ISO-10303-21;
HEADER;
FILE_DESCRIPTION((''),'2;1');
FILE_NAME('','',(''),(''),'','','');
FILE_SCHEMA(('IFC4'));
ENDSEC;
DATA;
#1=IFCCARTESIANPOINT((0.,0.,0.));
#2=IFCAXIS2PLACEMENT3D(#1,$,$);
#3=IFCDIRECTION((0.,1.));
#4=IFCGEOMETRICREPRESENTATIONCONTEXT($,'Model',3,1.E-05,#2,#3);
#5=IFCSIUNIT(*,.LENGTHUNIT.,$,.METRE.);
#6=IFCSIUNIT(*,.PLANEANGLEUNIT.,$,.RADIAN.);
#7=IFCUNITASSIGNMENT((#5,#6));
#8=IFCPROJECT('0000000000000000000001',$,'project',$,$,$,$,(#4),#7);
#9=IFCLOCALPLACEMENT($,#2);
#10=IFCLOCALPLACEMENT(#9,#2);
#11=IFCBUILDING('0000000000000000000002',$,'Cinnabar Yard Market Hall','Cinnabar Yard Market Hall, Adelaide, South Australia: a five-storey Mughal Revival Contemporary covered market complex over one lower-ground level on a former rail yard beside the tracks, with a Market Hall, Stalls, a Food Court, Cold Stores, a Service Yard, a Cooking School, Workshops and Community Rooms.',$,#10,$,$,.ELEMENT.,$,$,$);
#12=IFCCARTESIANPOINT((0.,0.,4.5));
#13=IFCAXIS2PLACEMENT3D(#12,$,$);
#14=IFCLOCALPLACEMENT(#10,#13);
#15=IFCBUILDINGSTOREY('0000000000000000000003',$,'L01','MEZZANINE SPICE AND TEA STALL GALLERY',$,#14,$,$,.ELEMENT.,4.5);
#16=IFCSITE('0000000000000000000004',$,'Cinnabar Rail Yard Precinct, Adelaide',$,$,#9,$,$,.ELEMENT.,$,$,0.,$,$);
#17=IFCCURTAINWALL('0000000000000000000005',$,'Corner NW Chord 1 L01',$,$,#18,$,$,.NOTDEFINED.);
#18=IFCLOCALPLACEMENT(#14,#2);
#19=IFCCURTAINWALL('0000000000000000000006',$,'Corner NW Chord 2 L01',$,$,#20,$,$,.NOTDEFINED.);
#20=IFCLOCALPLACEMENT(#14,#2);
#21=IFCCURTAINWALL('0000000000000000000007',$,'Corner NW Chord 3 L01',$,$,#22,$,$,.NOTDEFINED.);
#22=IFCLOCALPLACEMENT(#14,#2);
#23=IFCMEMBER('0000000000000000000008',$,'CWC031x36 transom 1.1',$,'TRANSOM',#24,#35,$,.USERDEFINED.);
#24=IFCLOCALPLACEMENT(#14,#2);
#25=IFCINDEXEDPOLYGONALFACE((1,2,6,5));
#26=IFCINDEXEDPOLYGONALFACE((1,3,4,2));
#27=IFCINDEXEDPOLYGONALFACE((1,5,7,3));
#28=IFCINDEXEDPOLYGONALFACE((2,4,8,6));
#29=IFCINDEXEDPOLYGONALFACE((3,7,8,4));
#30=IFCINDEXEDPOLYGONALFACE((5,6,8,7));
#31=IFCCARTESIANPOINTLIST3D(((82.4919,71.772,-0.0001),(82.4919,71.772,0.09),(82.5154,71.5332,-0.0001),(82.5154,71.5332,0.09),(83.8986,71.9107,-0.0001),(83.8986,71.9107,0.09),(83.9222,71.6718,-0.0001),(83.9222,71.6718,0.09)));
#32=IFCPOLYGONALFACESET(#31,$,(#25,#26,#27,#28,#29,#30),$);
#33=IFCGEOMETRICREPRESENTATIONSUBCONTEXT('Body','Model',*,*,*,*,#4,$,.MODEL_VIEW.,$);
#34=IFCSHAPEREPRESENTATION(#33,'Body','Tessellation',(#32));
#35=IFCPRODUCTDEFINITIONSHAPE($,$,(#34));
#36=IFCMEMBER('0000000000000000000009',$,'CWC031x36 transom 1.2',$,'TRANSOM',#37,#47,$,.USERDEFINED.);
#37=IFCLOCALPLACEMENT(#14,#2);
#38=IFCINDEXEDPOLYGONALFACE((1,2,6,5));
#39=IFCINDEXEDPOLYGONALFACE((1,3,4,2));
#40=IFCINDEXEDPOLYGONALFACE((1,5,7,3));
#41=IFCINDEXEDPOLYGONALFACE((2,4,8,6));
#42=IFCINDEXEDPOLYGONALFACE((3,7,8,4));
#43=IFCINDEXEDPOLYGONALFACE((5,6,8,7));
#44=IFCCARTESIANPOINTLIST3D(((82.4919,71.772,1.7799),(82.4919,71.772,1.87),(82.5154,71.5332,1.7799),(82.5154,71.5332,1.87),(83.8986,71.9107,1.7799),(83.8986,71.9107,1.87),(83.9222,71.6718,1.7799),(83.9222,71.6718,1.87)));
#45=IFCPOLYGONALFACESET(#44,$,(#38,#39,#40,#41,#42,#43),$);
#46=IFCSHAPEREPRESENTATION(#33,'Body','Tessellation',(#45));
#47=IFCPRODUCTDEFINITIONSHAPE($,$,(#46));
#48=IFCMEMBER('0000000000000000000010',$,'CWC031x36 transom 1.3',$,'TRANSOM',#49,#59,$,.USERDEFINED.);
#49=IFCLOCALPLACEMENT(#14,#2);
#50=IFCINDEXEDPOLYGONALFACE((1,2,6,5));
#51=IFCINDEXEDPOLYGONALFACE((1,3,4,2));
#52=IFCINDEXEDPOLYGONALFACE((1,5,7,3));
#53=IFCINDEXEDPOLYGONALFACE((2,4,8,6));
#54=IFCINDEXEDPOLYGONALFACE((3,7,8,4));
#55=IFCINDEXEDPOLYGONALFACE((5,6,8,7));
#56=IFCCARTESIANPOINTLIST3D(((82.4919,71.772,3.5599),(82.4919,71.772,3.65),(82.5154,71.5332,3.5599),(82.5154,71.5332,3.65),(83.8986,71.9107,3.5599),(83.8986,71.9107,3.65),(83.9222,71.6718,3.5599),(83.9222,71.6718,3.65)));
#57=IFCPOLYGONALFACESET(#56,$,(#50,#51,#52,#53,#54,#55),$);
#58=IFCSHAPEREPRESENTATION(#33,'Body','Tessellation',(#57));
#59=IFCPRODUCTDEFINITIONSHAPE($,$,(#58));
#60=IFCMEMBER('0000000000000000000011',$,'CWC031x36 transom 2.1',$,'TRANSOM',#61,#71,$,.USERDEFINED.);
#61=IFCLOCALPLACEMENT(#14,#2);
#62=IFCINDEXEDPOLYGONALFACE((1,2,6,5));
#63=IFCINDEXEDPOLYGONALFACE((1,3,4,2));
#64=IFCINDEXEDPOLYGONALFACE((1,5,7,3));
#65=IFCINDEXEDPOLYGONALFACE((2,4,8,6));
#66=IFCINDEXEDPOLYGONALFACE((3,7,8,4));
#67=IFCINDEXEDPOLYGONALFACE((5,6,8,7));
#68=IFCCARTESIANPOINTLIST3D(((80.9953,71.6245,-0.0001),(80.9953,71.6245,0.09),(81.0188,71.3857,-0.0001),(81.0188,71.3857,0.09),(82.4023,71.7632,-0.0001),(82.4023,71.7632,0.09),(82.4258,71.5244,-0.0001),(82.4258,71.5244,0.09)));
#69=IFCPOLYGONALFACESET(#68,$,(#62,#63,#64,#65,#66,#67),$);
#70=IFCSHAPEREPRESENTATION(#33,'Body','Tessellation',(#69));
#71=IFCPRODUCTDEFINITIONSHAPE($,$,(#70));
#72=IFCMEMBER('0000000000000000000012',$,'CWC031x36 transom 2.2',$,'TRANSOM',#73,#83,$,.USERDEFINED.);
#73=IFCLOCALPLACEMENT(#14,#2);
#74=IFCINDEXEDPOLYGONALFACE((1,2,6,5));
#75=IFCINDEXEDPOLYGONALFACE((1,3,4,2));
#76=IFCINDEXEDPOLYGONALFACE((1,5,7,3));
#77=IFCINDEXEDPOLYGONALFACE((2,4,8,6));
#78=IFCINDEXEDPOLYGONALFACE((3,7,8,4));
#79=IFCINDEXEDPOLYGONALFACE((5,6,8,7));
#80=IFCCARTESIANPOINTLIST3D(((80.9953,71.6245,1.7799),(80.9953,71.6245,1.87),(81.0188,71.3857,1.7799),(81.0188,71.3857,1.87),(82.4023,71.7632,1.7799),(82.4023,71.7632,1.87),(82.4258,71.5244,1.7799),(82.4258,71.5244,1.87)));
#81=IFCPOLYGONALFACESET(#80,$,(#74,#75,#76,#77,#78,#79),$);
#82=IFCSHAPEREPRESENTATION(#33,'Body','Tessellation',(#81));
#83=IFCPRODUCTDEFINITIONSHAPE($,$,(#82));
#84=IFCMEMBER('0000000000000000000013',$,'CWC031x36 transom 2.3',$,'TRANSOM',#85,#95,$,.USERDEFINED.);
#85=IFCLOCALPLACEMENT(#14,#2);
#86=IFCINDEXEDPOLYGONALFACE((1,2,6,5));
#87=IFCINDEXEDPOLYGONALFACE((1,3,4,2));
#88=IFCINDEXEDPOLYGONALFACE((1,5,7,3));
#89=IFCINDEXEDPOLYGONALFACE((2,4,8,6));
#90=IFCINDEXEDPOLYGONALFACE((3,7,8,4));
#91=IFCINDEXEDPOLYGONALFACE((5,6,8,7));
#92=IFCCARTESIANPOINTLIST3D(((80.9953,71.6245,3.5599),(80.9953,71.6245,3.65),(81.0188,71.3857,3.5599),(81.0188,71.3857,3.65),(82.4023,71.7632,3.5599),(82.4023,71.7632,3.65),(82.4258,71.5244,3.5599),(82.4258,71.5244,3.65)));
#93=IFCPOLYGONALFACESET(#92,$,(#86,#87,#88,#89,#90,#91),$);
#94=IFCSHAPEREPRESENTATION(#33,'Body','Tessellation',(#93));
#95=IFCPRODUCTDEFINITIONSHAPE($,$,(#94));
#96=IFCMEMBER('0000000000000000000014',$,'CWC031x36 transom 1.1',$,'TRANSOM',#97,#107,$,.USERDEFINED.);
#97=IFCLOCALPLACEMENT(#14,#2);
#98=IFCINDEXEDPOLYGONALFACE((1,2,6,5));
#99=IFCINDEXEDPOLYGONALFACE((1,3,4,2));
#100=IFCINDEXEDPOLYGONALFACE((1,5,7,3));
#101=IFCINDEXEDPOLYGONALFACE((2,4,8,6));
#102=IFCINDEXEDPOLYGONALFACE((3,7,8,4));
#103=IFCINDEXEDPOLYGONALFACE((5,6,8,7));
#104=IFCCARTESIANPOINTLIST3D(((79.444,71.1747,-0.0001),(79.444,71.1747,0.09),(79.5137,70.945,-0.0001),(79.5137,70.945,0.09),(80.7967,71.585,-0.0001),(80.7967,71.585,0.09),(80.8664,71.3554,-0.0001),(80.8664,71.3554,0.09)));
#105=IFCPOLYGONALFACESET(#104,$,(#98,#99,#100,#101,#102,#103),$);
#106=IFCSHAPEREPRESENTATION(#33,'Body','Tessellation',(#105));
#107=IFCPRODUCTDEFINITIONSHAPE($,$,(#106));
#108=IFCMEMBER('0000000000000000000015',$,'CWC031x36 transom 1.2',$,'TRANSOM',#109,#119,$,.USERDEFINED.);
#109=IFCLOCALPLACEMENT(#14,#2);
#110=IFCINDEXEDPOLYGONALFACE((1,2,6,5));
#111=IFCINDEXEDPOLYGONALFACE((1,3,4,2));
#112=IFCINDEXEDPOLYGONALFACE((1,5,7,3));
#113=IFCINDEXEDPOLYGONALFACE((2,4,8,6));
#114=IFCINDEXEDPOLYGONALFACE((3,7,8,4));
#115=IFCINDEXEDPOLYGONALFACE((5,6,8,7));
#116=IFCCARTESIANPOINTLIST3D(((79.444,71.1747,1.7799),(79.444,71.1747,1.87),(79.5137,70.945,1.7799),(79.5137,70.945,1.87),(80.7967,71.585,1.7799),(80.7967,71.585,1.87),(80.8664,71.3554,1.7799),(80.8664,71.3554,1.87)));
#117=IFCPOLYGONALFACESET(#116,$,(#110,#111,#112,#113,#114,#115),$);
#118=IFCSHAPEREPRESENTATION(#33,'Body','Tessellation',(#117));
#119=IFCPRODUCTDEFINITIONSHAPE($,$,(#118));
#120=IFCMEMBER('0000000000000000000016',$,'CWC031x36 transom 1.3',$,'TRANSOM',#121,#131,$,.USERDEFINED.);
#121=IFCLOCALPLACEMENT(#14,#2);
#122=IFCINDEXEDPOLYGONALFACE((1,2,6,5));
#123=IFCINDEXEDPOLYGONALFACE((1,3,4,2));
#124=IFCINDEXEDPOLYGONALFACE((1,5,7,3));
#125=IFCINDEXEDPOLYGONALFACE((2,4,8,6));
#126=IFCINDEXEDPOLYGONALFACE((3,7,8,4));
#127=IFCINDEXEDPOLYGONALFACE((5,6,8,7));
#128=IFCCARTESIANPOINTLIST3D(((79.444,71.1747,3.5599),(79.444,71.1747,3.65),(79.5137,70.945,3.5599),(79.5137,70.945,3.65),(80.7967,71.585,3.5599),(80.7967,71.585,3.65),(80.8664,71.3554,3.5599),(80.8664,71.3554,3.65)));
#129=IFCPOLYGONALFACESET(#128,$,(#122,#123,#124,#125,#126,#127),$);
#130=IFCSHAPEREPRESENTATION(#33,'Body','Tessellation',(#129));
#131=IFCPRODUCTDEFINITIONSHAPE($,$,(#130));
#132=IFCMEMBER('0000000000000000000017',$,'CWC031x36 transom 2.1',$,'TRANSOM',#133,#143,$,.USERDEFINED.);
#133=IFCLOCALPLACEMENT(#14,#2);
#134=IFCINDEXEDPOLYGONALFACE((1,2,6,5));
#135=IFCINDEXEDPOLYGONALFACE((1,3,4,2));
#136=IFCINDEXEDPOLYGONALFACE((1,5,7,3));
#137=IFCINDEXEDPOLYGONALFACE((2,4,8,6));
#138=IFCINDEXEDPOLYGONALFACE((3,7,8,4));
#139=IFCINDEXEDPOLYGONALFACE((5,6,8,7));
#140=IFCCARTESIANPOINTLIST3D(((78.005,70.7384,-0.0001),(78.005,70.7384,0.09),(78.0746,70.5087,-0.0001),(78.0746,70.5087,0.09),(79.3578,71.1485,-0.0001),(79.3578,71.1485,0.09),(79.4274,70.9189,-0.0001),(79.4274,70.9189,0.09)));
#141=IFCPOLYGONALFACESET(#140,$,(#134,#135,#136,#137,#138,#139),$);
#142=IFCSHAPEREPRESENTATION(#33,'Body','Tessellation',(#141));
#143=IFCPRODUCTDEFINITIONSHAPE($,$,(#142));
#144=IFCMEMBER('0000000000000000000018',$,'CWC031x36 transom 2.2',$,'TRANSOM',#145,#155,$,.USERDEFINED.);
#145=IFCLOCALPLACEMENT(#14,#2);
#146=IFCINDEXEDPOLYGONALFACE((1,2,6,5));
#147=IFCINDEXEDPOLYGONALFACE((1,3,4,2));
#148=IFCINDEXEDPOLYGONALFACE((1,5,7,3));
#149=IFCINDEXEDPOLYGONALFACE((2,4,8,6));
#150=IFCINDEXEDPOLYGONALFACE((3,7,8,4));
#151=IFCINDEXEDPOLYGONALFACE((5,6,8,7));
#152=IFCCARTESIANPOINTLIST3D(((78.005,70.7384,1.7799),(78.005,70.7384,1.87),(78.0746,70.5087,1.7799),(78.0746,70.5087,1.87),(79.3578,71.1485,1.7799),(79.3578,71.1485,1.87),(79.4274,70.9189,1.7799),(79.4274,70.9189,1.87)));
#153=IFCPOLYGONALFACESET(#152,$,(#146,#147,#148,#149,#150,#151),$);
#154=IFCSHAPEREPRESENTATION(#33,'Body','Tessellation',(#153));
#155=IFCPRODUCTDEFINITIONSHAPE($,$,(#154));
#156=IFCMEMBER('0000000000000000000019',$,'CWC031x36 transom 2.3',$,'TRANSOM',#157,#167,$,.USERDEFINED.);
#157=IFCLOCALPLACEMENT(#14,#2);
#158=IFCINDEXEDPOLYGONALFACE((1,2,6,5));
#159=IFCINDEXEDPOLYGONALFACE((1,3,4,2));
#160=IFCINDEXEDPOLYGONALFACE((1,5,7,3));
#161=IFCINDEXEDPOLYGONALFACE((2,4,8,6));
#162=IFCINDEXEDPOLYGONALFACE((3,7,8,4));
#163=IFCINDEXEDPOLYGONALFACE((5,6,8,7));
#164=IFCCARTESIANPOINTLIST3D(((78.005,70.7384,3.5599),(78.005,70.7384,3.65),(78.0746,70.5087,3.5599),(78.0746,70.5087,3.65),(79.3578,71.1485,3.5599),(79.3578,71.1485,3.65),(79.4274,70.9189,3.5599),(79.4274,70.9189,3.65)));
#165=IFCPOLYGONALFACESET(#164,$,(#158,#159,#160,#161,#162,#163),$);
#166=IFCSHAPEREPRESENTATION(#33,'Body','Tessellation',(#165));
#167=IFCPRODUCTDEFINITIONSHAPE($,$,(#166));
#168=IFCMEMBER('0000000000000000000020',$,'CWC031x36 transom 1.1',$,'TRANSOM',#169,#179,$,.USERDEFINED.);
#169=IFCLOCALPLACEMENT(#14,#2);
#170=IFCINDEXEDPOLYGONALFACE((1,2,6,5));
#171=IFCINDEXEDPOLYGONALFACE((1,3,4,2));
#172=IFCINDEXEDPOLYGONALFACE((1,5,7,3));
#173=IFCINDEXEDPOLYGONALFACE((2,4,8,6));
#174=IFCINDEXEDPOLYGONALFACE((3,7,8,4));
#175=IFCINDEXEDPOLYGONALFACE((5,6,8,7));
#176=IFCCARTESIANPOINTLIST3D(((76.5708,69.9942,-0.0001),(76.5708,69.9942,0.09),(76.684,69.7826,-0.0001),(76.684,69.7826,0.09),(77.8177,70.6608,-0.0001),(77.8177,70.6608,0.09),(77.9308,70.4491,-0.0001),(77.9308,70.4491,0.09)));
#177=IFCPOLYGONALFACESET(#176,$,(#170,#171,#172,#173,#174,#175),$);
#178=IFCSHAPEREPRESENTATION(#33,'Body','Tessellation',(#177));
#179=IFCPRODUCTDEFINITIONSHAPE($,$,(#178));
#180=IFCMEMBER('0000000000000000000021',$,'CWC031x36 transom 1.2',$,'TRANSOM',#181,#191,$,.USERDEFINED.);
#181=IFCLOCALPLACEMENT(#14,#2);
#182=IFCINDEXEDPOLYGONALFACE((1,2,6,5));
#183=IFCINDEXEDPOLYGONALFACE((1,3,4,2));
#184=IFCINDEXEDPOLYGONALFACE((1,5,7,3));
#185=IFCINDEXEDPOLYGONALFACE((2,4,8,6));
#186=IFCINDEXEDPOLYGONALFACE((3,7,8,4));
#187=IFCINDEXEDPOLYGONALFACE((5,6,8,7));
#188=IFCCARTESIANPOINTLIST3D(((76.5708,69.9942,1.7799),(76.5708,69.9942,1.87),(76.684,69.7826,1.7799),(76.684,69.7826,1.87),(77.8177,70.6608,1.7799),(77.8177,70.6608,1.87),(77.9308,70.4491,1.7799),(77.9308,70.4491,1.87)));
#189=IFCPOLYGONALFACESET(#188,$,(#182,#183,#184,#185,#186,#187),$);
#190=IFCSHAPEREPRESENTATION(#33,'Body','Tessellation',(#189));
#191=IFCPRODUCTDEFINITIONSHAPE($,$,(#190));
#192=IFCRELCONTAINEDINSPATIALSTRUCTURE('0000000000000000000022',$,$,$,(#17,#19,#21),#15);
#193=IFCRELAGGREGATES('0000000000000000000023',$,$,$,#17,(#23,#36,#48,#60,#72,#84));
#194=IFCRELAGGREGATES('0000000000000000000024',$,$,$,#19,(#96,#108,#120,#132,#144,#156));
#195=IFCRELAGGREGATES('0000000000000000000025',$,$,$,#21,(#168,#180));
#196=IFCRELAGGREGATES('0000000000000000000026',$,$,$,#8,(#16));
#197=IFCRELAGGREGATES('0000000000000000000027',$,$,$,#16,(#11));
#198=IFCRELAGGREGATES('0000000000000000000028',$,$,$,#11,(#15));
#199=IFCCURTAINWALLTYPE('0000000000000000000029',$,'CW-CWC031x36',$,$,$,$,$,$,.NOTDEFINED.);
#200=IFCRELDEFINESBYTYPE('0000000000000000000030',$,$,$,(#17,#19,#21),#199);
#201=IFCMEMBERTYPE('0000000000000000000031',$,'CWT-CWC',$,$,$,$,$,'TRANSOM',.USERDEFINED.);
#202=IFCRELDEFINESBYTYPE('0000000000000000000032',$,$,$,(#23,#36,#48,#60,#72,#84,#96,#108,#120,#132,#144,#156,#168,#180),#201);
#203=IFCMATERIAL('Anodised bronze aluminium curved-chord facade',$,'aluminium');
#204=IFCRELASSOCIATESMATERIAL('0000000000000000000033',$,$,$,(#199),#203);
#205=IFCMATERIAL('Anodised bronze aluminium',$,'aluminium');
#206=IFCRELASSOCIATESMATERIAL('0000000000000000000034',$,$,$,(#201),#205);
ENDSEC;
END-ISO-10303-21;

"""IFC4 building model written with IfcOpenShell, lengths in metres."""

from ifc_helpers import new_model, si_unit, direction, frame, origin, origin_2d_with_axis, place, context, subcontext, project, spatial, rectangle, extrude, material, material_profile, profile_set, type_object, element, aggregate, save


model = new_model("IFC4")

# Units and contexts
model_context = context("Model", 3, precision=1e-05, world=origin(), true_north=direction((0.0, 1.0)))
body_context = subcontext(model_context, "Body", "Model", "MODEL_VIEW")
ifc_project = project(units=[si_unit("LENGTHUNIT", "METRE"), si_unit("PLANEANGLEUNIT", "RADIAN")], contexts=[model_context])

# Site, building, storey
site_placement = place(None, origin())
site = spatial("IfcSite", under=ifc_project, at=site_placement, Name="Cinnabar Rail Yard Precinct, Adelaide", CompositionType="ELEMENT", RefElevation=0.0)
building_placement = place(site_placement, origin())
building = spatial("IfcBuilding", under=site, at=building_placement, Name="Cinnabar Yard Market Hall", Description="Cinnabar Yard Market Hall, Adelaide, South Australia: a five-storey Mughal Revival Contemporary covered market complex over one lower-ground level on a former rail yard beside the tracks, with a Market Hall, Stalls, a Food Court, Cold Stores, a Service Yard, a Cooking School, Workshops and Community Rooms.", CompositionType="ELEMENT")
storey_placement = place(building_placement, frame((0.0, 0.0, 4.5)))
storey = spatial("IfcBuildingStorey", under=building, at=storey_placement, Name="L01", Description="MEZZANINE SPICE AND TEA STALL GALLERY", CompositionType="ELEMENT", Elevation=4.5)

# Curtain walls
ifc_material_1 = material(Name="Anodised bronze aluminium curved-chord facade", Category="aluminium")
curtain_wall_type = type_object("IfcCurtainWallType", Name="CW-CWC031x36", PredefinedType="NOTDEFINED", material=ifc_material_1)
curtain_wall_1_placement = place(storey_placement, origin())
curtain_wall_1 = element("IfcCurtainWall", 1, at=curtain_wall_1_placement, inside=storey, type_object=curtain_wall_type, Name="Corner NW Chord 1 L01", PredefinedType="NOTDEFINED")
ifc_material_2 = material(Name="Anodised bronze aluminium", Category="aluminium")
curtain_wall_2_placement = place(storey_placement, origin())
curtain_wall_2 = element("IfcCurtainWall", 2, at=curtain_wall_2_placement, inside=storey, type_object=curtain_wall_type, Name="Corner NW Chord 2 L01", PredefinedType="NOTDEFINED")

# Curtain wall
curtain_wall_3_placement = place(storey_placement, origin())
curtain_wall_3 = element("IfcCurtainWall", 3, at=curtain_wall_3_placement, inside=storey, type_object=curtain_wall_type, Name="Corner NW Chord 3 L01", PredefinedType="NOTDEFINED")

# Members
ifc_material_profile_1 = material_profile(ifc_material_2, rectangle(XDim=0.24, YDim=0.0901, at=origin_2d_with_axis()), Name="TRN-CWC")
ifc_profile_set_1 = profile_set([ifc_material_profile_1], Name="Anodised bronze aluminium")
member_type_1 = type_object("IfcMemberType", Name="CWT-CWC", ElementType="TRANSOM", PredefinedType="USERDEFINED", material=ifc_profile_set_1)
member_1_placement = place(storey_placement, frame((83.9104, 71.7913, 0.0449), z_axis=(-0.995176, -0.098101, 0.0), x_axis=(0.098101, -0.995176, 0.0)))
member_1 = element("IfcMember", 4, at=member_1_placement, type_object=member_type_1, Name="CWC031x36 transom 1.1", ObjectType="TRANSOM", PredefinedType="USERDEFINED", context=body_context, shape_type="SweptSolid", body=[
    extrude(rectangle(XDim=0.24, YDim=0.0901, at=origin_2d_with_axis()), origin(), (0.0, 0.0, 1.0), 1.4136),
])
member_2_placement = place(storey_placement, frame((83.9104, 71.7913, 1.825), z_axis=(-0.995176, -0.098101, 0.0), x_axis=(0.098101, -0.995176, 0.0)))
member_2 = element("IfcMember", 5, at=member_2_placement, type_object=member_type_1, Name="CWC031x36 transom 1.2", ObjectType="TRANSOM", PredefinedType="USERDEFINED", context=body_context, shape_type="SweptSolid", body=[
    extrude(rectangle(XDim=0.24, YDim=0.0901, at=origin_2d_with_axis()), origin(), (0.0, 0.0, 1.0), 1.4136),
])
member_3_placement = place(storey_placement, frame((83.9104, 71.7913, 3.605), z_axis=(-0.995176, -0.098101, 0.0), x_axis=(0.098101, -0.995176, 0.0)))
member_3 = element("IfcMember", 6, at=member_3_placement, type_object=member_type_1, Name="CWC031x36 transom 1.3", ObjectType="TRANSOM", PredefinedType="USERDEFINED", context=body_context, shape_type="SweptSolid", body=[
    extrude(rectangle(XDim=0.24, YDim=0.0901, at=origin_2d_with_axis()), origin(), (0.0, 0.0, 1.0), 1.4136),
])
member_4_placement = place(storey_placement, frame((82.4141, 71.6438, 0.0449), z_axis=(-0.995178, -0.098085, 0.0), x_axis=(0.098085, -0.995178, 0.0)))
member_4 = element("IfcMember", 7, at=member_4_placement, type_object=member_type_1, Name="CWC031x36 transom 2.1", ObjectType="TRANSOM", PredefinedType="USERDEFINED", context=body_context, shape_type="SweptSolid", body=[
    extrude(rectangle(XDim=0.24, YDim=0.0901, at=origin_2d_with_axis()), origin(), (0.0, 0.0, 1.0), 1.4138),
])
member_5_placement = place(storey_placement, frame((82.4141, 71.6438, 1.825), z_axis=(-0.995178, -0.098085, 0.0), x_axis=(0.098085, -0.995178, 0.0)))
member_5 = element("IfcMember", 8, at=member_5_placement, type_object=member_type_1, Name="CWC031x36 transom 2.2", ObjectType="TRANSOM", PredefinedType="USERDEFINED", context=body_context, shape_type="SweptSolid", body=[
    extrude(rectangle(XDim=0.24, YDim=0.0901, at=origin_2d_with_axis()), origin(), (0.0, 0.0, 1.0), 1.4138),
])
member_6_placement = place(storey_placement, frame((82.4141, 71.6438, 3.605), z_axis=(-0.995178, -0.098085, 0.0), x_axis=(0.098085, -0.995178, 0.0)))
member_6 = element("IfcMember", 9, at=member_6_placement, type_object=member_type_1, Name="CWC031x36 transom 2.3", ObjectType="TRANSOM", PredefinedType="USERDEFINED", context=body_context, shape_type="SweptSolid", body=[
    extrude(rectangle(XDim=0.24, YDim=0.0901, at=origin_2d_with_axis()), origin(), (0.0, 0.0, 1.0), 1.4138),
])
member_7_placement = place(storey_placement, frame((80.8315, 71.4702, 0.0449), z_axis=(-0.956933, -0.290309, 0.0), x_axis=(0.290309, -0.956933, 0.0)))
member_7 = element("IfcMember", 10, at=member_7_placement, type_object=member_type_1, Name="CWC031x36 transom 1.1", ObjectType="TRANSOM", PredefinedType="USERDEFINED", context=body_context, shape_type="SweptSolid", body=[
    extrude(rectangle(XDim=0.24, YDim=0.0901, at=origin_2d_with_axis()), origin(), (0.0, 0.0, 1.0), 1.4136),
])
member_8_placement = place(storey_placement, frame((80.8315, 71.4702, 1.825), z_axis=(-0.956933, -0.290309, 0.0), x_axis=(0.290309, -0.956933, 0.0)))
member_8 = element("IfcMember", 11, at=member_8_placement, type_object=member_type_1, Name="CWC031x36 transom 1.2", ObjectType="TRANSOM", PredefinedType="USERDEFINED", context=body_context, shape_type="SweptSolid", body=[
    extrude(rectangle(XDim=0.24, YDim=0.0901, at=origin_2d_with_axis()), origin(), (0.0, 0.0, 1.0), 1.4136),
])
member_9_placement = place(storey_placement, frame((80.8315, 71.4702, 3.605), z_axis=(-0.956933, -0.290309, 0.0), x_axis=(0.290309, -0.956933, 0.0)))
member_9 = element("IfcMember", 12, at=member_9_placement, type_object=member_type_1, Name="CWC031x36 transom 1.3", ObjectType="TRANSOM", PredefinedType="USERDEFINED", context=body_context, shape_type="SweptSolid", body=[
    extrude(rectangle(XDim=0.24, YDim=0.0901, at=origin_2d_with_axis()), origin(), (0.0, 0.0, 1.0), 1.4136),
])
member_10_placement = place(storey_placement, frame((79.3926, 71.0337, 0.0449), z_axis=(-0.956981, -0.290151, 0.0), x_axis=(0.290151, -0.956981, 0.0)))
member_10 = element("IfcMember", 13, at=member_10_placement, type_object=member_type_1, Name="CWC031x36 transom 2.1", ObjectType="TRANSOM", PredefinedType="USERDEFINED", context=body_context, shape_type="SweptSolid", body=[
    extrude(rectangle(XDim=0.24, YDim=0.0901, at=origin_2d_with_axis()), origin(), (0.0, 0.0, 1.0), 1.4136),
])
member_11_placement = place(storey_placement, frame((79.3926, 71.0337, 1.825), z_axis=(-0.956981, -0.290151, 0.0), x_axis=(0.290151, -0.956981, 0.0)))
member_11 = element("IfcMember", 14, at=member_11_placement, type_object=member_type_1, Name="CWC031x36 transom 2.2", ObjectType="TRANSOM", PredefinedType="USERDEFINED", context=body_context, shape_type="SweptSolid", body=[
    extrude(rectangle(XDim=0.24, YDim=0.0901, at=origin_2d_with_axis()), origin(), (0.0, 0.0, 1.0), 1.4136),
])
member_12_placement = place(storey_placement, frame((79.3926, 71.0337, 3.605), z_axis=(-0.956981, -0.290151, 0.0), x_axis=(0.290151, -0.956981, 0.0)))
member_12 = element("IfcMember", 15, at=member_12_placement, type_object=member_type_1, Name="CWC031x36 transom 2.3", ObjectType="TRANSOM", PredefinedType="USERDEFINED", context=body_context, shape_type="SweptSolid", body=[
    extrude(rectangle(XDim=0.24, YDim=0.0901, at=origin_2d_with_axis()), origin(), (0.0, 0.0, 1.0), 1.4136),
])
member_13_placement = place(storey_placement, frame((77.8743, 70.5549, 0.0449), z_axis=(-0.881903, -0.471431, 0.0), x_axis=(0.471431, -0.881903, 0.0)))
member_13 = element("IfcMember", 16, at=member_13_placement, type_object=member_type_1, Name="CWC031x36 transom 1.1", ObjectType="TRANSOM", PredefinedType="USERDEFINED", context=body_context, shape_type="SweptSolid", body=[
    extrude(rectangle(XDim=0.24, YDim=0.0901, at=origin_2d_with_axis()), origin(), (0.0, 0.0, 1.0), 1.4138),
])
member_14_placement = place(storey_placement, frame((77.8743, 70.5549, 1.825), z_axis=(-0.881903, -0.471431, 0.0), x_axis=(0.471431, -0.881903, 0.0)))
member_14 = element("IfcMember", 17, at=member_14_placement, type_object=member_type_1, Name="CWC031x36 transom 1.2", ObjectType="TRANSOM", PredefinedType="USERDEFINED", context=body_context, shape_type="SweptSolid", body=[
    extrude(rectangle(XDim=0.24, YDim=0.0901, at=origin_2d_with_axis()), origin(), (0.0, 0.0, 1.0), 1.4138),
])

aggregate(curtain_wall_1, [member_1, member_2, member_3, member_4, member_5, member_6])
aggregate(curtain_wall_2, [member_7, member_8, member_9, member_10, member_11, member_12])
aggregate(curtain_wall_3, [member_13, member_14])

save(model, "model.ifc")
